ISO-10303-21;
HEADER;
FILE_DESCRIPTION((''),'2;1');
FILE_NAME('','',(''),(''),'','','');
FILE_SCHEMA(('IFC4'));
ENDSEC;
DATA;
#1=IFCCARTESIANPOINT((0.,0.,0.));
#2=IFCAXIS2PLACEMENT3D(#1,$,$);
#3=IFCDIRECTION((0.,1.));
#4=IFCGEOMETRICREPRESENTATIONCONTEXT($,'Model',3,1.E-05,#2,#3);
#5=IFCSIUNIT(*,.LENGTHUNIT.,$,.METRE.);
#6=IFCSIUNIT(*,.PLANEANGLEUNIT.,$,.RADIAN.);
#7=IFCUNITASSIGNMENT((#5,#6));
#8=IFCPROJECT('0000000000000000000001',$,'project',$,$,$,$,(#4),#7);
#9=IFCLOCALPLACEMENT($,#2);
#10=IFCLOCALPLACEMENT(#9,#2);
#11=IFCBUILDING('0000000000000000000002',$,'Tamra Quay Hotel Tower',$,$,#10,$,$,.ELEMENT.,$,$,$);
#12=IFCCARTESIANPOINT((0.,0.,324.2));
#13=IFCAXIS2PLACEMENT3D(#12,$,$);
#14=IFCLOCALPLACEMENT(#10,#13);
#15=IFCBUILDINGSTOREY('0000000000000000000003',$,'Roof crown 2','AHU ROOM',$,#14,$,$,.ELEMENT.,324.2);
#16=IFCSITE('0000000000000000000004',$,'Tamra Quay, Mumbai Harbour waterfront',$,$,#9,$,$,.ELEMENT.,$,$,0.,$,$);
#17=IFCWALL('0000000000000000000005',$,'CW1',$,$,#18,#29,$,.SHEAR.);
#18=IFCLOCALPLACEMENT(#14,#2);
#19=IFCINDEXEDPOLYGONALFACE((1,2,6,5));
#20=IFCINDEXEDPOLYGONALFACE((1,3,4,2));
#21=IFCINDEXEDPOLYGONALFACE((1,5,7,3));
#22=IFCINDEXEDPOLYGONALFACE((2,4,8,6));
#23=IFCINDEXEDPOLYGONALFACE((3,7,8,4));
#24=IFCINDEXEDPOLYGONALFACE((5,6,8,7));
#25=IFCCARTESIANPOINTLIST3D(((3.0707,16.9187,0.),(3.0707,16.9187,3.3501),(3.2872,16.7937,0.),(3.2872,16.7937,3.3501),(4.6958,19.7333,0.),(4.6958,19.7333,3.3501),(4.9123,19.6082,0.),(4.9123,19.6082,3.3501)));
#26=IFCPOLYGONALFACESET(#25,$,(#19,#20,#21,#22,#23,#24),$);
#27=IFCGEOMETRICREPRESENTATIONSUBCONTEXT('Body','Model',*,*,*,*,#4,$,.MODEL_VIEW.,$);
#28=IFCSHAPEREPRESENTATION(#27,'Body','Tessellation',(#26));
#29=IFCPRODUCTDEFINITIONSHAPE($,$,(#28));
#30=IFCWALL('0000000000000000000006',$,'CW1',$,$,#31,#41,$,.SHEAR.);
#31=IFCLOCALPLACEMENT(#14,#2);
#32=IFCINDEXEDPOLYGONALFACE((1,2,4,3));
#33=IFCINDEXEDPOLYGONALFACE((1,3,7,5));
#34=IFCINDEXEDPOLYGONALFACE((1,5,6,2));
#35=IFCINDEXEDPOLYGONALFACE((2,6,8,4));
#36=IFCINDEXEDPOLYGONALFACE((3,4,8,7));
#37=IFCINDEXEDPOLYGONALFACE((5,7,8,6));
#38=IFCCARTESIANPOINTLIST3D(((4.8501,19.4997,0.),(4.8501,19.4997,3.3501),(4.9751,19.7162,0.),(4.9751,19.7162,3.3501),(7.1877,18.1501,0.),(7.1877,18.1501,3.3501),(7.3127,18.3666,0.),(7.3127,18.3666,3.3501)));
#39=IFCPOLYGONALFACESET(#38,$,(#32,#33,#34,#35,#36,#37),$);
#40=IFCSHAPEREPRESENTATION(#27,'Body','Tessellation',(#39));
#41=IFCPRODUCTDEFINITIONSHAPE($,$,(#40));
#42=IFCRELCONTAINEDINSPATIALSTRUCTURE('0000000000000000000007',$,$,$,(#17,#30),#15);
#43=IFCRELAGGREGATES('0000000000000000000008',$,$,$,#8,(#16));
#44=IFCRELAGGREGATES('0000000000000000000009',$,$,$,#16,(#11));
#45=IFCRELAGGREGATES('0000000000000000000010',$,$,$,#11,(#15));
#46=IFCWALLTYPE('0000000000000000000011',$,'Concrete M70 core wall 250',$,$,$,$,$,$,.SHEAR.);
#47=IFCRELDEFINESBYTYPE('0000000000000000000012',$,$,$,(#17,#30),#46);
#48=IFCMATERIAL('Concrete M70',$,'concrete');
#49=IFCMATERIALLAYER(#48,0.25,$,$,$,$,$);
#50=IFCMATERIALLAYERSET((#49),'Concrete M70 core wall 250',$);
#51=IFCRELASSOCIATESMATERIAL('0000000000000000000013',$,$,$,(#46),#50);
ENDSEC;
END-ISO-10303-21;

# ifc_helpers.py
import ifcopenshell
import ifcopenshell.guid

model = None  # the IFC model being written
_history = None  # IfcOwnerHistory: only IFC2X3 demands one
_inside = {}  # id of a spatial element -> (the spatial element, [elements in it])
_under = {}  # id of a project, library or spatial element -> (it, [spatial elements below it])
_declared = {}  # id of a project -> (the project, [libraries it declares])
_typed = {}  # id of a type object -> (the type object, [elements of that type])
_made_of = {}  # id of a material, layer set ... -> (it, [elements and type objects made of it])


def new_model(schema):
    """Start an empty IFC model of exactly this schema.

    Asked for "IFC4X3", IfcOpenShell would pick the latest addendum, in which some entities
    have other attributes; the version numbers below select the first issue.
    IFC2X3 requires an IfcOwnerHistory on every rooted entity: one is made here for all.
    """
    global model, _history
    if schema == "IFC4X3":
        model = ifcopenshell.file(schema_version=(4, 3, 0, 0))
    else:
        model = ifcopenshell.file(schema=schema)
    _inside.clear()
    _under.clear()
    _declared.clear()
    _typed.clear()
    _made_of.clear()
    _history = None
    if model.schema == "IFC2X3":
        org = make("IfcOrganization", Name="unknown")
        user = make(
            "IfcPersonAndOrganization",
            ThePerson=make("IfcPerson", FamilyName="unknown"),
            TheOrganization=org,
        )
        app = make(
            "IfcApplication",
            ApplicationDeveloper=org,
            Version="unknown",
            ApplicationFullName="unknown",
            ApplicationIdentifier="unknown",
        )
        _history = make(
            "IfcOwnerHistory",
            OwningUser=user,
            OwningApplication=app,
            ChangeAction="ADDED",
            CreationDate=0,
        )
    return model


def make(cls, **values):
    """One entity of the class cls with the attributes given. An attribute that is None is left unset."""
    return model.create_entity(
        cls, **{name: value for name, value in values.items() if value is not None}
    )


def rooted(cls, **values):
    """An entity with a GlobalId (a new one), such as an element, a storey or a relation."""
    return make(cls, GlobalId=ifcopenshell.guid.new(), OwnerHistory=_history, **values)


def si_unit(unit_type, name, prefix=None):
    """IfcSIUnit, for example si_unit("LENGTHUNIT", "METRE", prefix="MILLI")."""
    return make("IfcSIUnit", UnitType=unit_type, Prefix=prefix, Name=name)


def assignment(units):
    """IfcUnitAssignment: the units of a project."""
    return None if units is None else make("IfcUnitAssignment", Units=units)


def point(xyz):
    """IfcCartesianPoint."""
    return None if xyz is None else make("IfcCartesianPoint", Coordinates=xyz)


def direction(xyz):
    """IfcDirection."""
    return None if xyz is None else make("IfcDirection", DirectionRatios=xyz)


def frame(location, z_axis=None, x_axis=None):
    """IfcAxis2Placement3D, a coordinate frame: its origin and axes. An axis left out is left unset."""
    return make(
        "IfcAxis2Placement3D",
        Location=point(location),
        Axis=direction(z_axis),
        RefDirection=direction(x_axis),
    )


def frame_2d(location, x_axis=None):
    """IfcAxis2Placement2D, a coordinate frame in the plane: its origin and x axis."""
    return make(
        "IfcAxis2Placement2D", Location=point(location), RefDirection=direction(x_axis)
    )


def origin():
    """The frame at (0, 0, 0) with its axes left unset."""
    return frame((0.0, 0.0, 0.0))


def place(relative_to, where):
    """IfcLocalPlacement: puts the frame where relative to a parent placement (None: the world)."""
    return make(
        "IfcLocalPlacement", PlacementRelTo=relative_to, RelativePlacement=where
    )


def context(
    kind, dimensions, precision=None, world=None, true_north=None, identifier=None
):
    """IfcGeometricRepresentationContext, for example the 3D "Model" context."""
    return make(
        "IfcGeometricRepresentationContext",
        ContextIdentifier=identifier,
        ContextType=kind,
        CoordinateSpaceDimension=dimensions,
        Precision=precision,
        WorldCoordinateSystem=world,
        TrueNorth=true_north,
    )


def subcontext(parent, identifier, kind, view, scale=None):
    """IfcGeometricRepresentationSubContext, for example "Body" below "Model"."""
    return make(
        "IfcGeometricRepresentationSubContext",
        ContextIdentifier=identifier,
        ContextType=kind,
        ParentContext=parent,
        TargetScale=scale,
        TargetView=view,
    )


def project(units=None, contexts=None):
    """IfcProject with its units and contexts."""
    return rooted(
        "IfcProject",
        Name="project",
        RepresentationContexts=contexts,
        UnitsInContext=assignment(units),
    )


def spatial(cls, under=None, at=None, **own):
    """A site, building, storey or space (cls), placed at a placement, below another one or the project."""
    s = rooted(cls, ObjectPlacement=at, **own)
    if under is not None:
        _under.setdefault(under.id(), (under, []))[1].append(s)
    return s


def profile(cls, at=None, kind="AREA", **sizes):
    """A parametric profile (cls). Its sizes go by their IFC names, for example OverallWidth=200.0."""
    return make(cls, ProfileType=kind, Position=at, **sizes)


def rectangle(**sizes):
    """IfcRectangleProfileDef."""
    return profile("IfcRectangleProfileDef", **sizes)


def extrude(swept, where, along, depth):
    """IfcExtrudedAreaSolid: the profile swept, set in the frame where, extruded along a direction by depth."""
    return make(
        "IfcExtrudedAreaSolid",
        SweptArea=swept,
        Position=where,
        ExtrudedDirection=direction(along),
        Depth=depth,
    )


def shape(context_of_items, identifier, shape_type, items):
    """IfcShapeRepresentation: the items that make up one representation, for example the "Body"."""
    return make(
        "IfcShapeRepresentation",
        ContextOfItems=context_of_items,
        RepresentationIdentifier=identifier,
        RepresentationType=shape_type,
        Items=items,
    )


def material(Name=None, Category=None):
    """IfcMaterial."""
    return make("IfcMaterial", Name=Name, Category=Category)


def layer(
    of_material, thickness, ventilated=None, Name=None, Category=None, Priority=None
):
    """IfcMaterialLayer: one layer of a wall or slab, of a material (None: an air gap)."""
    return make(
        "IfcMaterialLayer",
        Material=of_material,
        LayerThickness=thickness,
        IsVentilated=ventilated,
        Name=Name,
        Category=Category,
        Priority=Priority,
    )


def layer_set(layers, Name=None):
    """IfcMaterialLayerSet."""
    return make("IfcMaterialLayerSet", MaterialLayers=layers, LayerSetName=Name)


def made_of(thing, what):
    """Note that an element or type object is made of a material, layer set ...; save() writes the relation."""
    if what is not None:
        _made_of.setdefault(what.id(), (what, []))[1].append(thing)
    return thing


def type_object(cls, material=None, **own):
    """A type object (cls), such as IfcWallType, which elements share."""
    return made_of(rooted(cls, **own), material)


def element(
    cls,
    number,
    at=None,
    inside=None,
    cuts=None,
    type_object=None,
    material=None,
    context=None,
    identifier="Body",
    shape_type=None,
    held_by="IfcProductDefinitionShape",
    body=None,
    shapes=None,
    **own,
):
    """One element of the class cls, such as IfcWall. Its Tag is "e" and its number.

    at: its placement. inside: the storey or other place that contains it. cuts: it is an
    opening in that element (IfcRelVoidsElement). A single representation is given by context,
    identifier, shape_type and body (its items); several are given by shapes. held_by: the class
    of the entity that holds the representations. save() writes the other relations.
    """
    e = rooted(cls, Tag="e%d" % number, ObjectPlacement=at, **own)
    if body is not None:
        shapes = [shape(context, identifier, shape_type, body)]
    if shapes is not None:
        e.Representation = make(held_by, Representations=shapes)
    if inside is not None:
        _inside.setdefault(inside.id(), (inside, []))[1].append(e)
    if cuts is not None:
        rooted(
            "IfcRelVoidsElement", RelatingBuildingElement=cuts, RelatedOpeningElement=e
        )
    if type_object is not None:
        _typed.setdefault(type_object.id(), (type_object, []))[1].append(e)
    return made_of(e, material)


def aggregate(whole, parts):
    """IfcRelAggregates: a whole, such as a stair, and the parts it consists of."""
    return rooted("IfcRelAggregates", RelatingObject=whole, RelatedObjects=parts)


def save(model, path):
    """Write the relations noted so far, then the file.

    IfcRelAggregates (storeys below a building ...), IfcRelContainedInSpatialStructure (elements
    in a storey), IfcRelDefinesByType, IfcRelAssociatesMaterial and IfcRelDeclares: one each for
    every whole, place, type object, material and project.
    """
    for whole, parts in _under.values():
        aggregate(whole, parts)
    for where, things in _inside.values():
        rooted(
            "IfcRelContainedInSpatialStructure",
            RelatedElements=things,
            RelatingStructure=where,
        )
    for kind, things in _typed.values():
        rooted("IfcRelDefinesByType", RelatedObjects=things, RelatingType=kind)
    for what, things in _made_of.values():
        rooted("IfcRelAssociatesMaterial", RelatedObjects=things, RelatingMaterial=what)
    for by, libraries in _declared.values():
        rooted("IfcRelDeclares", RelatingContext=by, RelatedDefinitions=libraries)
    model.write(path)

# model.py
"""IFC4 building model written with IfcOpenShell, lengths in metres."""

from ifc_helpers import new_model, si_unit, direction, frame, frame_2d, origin, place, context, subcontext, project, spatial, rectangle, extrude, material, layer, layer_set, type_object, element, save


model = new_model("IFC4")

# Units and contexts
model_context = context("Model", 3, precision=1e-05, world=origin(), true_north=direction((0.0, 1.0)))
body_context = subcontext(model_context, "Body", "Model", "MODEL_VIEW")
ifc_project = project(units=[si_unit("LENGTHUNIT", "METRE"), si_unit("PLANEANGLEUNIT", "RADIAN")], contexts=[model_context])

# Site, building, storey
site_placement = place(None, origin())
site = spatial("IfcSite", under=ifc_project, at=site_placement, Name="Tamra Quay, Mumbai Harbour waterfront", CompositionType="ELEMENT", RefElevation=0.0)
building_placement = place(site_placement, origin())
building = spatial("IfcBuilding", under=site, at=building_placement, Name="Tamra Quay Hotel Tower", CompositionType="ELEMENT")
storey_placement = place(building_placement, frame((0.0, 0.0, 324.2)))
storey = spatial("IfcBuildingStorey", under=building, at=storey_placement, Name="Roof crown 2", Description="AHU ROOM", CompositionType="ELEMENT", Elevation=324.2)

# Shared definitions
ifc_material_1 = material(Name="Concrete M70", Category="concrete")

# Walls
ifc_layer_1 = layer(ifc_material_1, 0.25)
ifc_layer_set_1 = layer_set([ifc_layer_1], Name="Concrete M70 core wall 250")
wall_type_1 = type_object("IfcWallType", Name="Concrete M70 core wall 250", PredefinedType="SHEAR", material=ifc_layer_set_1)
wall_1_placement = place(storey_placement, frame((3.179, 16.8562, 0.0), z_axis=(0.0, 0.0, 1.0), x_axis=(0.500017, 0.866015, 0.0)))
element("IfcWall", 1, at=wall_1_placement, inside=storey, type_object=wall_type_1, Name="CW1", PredefinedType="SHEAR", context=body_context, shape_type="SweptSolid", body=[
    extrude(rectangle(XDim=3.25, YDim=0.25, at=frame_2d((1.625, 0.0))), origin(), (0.0, 0.0, 1.0), 3.3501),
])
wall_2_placement = place(storey_placement, frame((4.9126, 19.6079, 0.0), z_axis=(0.0, 0.0, 1.0), x_axis=(0.86603, -0.499991, 0.0)))
element("IfcWall", 2, at=wall_2_placement, inside=storey, type_object=wall_type_1, Name="CW1", PredefinedType="SHEAR", context=body_context, shape_type="SweptSolid", body=[
    extrude(rectangle(XDim=2.6992, YDim=0.25, at=frame_2d((1.3496, 0.0))), origin(), (0.0, 0.0, 1.0), 3.3501),
])

save(model, "model.ifc")
